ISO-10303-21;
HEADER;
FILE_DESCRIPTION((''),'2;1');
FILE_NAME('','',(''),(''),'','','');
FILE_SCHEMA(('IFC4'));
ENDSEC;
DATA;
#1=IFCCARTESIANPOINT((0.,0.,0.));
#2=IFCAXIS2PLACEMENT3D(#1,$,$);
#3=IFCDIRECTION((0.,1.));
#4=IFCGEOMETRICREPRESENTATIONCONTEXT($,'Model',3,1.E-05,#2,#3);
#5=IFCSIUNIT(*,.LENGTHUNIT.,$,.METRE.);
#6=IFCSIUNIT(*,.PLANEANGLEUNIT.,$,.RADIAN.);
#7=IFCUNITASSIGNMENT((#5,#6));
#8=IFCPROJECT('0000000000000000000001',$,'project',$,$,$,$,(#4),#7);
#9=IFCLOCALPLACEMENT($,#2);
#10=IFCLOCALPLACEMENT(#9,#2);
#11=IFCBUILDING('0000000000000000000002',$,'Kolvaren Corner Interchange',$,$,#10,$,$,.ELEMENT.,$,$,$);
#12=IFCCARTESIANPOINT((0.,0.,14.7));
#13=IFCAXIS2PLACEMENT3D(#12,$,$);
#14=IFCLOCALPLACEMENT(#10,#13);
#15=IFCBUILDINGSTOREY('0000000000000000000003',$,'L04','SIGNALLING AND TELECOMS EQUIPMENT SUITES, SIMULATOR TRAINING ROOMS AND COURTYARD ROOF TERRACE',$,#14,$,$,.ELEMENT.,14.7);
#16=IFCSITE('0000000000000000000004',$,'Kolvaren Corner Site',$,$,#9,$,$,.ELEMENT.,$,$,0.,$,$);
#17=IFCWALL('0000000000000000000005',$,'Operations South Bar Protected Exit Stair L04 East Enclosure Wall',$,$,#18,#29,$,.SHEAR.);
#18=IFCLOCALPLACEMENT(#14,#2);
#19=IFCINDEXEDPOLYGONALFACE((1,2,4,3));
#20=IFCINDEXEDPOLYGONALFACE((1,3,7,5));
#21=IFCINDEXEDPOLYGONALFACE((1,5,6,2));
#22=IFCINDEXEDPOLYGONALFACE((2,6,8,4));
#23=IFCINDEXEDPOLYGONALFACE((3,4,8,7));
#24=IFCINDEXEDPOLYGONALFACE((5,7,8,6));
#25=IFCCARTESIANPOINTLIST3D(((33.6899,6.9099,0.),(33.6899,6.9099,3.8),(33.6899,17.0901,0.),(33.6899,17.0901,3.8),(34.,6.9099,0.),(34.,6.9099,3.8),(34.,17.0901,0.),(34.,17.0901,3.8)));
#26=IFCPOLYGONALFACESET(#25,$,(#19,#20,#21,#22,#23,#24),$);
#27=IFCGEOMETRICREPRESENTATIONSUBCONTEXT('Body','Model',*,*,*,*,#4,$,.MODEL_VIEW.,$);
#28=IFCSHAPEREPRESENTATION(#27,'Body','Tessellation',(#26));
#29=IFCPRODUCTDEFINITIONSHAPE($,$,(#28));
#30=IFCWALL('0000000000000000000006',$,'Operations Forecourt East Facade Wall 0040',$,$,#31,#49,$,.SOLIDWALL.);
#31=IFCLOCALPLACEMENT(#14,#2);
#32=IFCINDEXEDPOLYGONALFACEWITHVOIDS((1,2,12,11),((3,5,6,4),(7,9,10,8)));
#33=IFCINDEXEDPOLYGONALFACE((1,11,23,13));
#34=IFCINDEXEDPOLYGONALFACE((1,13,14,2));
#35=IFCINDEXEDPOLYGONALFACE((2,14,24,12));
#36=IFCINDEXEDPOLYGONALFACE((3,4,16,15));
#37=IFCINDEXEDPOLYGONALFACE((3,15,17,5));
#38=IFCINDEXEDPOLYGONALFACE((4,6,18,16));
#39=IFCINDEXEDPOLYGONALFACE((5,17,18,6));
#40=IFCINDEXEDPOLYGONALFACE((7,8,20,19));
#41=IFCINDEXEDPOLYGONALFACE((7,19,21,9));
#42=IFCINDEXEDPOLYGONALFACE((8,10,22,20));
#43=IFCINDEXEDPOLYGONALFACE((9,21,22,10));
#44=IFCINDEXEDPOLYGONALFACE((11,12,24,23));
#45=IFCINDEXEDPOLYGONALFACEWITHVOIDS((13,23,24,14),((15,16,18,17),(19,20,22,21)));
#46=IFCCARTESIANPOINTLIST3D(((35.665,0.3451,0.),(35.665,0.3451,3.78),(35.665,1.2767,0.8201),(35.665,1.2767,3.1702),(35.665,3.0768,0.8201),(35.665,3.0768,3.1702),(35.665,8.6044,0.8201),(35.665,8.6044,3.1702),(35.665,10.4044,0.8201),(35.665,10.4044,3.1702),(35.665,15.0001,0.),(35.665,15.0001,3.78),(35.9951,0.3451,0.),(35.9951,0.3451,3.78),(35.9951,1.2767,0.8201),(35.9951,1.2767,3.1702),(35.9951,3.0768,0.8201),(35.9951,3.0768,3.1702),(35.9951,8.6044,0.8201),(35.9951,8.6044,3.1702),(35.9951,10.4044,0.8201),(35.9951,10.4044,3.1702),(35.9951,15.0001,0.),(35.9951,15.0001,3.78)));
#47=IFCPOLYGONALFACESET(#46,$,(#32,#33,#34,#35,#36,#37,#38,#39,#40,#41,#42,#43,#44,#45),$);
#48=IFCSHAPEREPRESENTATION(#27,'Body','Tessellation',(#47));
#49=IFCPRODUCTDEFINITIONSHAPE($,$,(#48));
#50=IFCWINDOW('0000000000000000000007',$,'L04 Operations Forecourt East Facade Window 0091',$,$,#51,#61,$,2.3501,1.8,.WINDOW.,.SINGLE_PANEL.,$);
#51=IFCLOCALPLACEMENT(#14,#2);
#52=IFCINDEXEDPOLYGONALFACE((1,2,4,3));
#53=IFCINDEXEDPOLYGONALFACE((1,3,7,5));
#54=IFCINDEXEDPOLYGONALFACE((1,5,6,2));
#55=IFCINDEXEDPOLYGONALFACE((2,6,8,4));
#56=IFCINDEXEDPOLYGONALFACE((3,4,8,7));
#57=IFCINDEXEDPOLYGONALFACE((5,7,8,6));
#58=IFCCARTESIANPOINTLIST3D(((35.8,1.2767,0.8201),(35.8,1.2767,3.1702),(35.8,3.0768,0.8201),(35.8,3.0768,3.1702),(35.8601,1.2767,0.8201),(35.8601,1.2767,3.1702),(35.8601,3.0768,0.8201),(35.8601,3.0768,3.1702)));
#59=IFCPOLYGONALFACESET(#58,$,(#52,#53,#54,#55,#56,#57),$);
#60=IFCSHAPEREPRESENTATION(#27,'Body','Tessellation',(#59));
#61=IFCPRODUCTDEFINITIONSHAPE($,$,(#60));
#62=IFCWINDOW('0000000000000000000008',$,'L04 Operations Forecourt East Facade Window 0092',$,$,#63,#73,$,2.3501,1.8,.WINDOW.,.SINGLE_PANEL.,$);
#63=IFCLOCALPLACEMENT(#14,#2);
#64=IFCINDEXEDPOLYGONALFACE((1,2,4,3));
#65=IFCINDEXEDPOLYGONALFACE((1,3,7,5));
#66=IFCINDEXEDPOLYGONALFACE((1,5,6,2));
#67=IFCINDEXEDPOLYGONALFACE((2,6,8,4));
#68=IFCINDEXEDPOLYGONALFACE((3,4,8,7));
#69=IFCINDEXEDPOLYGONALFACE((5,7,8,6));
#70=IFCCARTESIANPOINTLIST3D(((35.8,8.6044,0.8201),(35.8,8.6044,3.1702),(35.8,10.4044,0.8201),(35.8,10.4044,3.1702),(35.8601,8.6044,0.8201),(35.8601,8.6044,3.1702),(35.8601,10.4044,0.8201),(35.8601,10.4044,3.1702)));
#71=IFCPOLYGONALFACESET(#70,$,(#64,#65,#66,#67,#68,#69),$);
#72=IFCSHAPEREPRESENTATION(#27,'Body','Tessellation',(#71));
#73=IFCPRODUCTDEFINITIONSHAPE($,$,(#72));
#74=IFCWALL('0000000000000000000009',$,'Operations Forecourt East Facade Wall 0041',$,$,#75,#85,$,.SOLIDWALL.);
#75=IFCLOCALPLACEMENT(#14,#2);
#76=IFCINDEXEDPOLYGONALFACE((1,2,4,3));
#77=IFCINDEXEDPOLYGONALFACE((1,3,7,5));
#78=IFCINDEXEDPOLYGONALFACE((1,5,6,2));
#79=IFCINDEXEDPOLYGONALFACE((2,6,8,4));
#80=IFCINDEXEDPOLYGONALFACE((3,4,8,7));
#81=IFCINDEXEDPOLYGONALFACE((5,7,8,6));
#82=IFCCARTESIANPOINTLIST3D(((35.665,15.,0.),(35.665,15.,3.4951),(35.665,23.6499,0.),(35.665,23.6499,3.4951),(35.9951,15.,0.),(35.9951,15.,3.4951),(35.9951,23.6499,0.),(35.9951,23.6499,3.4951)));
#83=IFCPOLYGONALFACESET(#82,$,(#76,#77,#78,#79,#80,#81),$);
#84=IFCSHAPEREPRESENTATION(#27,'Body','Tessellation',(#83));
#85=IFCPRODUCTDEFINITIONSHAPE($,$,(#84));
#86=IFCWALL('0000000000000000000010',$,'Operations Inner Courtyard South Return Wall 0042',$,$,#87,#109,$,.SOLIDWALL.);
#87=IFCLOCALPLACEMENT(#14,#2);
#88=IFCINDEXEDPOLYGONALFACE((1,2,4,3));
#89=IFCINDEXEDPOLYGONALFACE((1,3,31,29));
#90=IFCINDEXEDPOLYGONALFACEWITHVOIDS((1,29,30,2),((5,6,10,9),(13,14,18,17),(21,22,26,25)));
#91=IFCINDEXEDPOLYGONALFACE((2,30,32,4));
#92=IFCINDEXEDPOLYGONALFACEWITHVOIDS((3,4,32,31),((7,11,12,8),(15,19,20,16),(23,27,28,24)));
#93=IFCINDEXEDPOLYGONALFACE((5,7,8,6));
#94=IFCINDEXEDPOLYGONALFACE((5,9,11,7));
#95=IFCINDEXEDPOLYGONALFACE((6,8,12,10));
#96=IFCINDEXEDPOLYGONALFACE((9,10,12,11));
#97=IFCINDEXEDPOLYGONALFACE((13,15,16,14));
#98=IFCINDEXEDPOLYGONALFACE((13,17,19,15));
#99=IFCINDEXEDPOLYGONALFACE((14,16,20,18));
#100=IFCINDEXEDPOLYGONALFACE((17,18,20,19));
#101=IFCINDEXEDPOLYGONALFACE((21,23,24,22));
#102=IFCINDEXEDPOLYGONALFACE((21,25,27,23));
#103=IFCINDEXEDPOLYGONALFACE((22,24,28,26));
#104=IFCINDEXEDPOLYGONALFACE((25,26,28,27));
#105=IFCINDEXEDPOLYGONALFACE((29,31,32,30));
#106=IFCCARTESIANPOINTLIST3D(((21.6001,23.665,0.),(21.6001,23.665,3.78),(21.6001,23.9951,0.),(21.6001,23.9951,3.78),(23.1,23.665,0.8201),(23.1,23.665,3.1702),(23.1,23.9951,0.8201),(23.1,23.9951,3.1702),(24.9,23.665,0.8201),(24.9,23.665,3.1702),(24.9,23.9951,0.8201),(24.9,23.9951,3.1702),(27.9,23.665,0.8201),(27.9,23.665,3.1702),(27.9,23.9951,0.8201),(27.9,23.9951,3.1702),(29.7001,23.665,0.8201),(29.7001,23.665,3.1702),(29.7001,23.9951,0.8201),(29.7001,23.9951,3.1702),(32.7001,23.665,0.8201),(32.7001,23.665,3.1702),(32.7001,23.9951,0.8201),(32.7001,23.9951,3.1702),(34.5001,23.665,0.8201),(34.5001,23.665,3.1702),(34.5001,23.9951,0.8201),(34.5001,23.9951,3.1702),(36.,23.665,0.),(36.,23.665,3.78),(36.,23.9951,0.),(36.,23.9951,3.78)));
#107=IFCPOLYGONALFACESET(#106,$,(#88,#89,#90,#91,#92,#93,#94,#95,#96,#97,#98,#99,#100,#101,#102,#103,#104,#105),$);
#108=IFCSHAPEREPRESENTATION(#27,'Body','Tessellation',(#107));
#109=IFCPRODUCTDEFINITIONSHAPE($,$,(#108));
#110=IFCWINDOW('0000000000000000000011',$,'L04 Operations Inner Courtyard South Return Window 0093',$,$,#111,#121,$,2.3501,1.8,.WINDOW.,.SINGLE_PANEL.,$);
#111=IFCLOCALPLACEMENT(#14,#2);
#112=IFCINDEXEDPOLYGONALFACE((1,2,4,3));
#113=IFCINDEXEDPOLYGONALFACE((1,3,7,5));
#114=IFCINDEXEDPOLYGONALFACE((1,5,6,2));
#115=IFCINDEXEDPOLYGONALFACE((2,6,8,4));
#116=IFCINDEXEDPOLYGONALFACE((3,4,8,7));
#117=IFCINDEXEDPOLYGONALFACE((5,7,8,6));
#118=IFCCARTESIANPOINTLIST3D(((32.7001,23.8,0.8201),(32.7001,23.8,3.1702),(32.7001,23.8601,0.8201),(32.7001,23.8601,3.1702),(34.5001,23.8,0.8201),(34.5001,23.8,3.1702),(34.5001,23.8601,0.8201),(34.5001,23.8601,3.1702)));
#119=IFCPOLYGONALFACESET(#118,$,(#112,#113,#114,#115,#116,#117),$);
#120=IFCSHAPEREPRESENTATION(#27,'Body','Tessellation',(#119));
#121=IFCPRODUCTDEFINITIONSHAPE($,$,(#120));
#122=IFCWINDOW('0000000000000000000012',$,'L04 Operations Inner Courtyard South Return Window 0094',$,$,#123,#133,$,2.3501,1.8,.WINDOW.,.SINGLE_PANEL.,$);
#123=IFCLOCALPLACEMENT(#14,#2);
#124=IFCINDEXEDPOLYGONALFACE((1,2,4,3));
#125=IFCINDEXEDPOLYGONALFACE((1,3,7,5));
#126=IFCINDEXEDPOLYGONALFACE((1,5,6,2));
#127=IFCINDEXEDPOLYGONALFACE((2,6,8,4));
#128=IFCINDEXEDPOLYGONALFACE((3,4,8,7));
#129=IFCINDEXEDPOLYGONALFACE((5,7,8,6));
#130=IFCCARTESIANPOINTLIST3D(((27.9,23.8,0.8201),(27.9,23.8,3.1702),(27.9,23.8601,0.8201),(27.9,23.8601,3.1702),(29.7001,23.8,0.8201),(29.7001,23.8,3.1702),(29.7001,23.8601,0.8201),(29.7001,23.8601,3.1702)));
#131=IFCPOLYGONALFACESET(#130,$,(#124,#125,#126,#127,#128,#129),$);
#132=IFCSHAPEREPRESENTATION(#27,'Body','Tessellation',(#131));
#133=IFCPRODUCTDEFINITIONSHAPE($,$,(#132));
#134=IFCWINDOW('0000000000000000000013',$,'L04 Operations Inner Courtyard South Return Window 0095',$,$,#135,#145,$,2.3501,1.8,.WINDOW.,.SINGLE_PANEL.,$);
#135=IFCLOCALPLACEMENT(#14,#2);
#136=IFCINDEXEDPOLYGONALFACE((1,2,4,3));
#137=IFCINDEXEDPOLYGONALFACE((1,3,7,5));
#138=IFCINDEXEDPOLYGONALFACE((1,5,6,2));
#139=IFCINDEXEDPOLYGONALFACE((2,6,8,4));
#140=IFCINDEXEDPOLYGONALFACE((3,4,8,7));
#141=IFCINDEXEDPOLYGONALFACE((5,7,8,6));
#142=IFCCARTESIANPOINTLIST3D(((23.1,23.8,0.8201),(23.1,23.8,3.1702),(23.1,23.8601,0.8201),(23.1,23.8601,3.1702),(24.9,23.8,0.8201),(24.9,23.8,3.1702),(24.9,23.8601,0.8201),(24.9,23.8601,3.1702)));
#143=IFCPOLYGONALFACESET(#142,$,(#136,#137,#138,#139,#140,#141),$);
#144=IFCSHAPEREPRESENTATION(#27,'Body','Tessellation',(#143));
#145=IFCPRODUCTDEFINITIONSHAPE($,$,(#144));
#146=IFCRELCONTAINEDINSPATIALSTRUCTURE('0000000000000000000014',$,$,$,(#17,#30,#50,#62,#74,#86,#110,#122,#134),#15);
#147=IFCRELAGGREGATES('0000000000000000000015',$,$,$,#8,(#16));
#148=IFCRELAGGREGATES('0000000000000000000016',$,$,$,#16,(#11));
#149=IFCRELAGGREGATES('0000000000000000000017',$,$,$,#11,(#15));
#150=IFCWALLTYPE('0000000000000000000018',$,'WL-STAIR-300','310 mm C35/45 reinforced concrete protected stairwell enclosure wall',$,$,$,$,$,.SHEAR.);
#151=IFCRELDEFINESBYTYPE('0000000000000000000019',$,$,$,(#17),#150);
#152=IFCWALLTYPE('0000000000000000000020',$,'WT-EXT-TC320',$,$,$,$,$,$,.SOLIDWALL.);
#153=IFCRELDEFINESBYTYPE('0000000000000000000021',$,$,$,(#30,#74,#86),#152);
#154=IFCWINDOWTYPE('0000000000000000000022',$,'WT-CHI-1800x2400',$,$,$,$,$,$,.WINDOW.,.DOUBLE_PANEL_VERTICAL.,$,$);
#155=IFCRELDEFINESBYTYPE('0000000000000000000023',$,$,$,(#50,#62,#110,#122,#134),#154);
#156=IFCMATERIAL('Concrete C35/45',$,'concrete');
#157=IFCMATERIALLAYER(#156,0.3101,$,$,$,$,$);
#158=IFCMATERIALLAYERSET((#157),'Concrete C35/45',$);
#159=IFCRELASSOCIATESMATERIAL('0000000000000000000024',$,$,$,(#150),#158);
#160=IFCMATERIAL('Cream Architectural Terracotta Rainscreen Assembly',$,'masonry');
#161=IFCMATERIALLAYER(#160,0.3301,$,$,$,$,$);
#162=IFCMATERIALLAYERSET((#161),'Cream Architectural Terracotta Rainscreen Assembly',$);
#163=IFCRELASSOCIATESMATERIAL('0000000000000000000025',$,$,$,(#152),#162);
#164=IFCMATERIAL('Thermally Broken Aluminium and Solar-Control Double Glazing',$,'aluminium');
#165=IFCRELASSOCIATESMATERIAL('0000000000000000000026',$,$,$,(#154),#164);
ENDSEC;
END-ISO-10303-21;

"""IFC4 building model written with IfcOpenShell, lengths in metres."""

from ifc_helpers import new_model, si_unit, direction, frame, frame_2d, origin, place, context, subcontext, project, spatial, rectangle, extrude, material, layer, layer_set, type_object, element, fill, save


model = new_model("IFC4")

# Units and contexts
model_context = context("Model", 3, precision=1e-05, world=origin(), true_north=direction((0.0, 1.0)))
body_context = subcontext(model_context, "Body", "Model", "MODEL_VIEW")
ifc_project = project(units=[si_unit("LENGTHUNIT", "METRE"), si_unit("PLANEANGLEUNIT", "RADIAN")], contexts=[model_context])

# Site, building, storey
site_placement = place(None, origin())
site = spatial("IfcSite", under=ifc_project, at=site_placement, Name="Kolvaren Corner Site", CompositionType="ELEMENT", RefElevation=0.0)
building_placement = place(site_placement, origin())
building = spatial("IfcBuilding", under=site, at=building_placement, Name="Kolvaren Corner Interchange", CompositionType="ELEMENT")
storey_placement = place(building_placement, frame((0.0, 0.0, 14.7)))
storey = spatial("IfcBuildingStorey", under=building, at=storey_placement, Name="L04", Description="SIGNALLING AND TELECOMS EQUIPMENT SUITES, SIMULATOR TRAINING ROOMS AND COURTYARD ROOF TERRACE", CompositionType="ELEMENT", Elevation=14.7)

# Wall
ifc_material_1 = material(Name="Concrete C35/45", Category="concrete")
ifc_layer_1 = layer(ifc_material_1, 0.3101)
ifc_layer_set_1 = layer_set([ifc_layer_1], Name="Concrete C35/45")
wall_type_1 = type_object("IfcWallType", Name="WL-STAIR-300", Description="310 mm C35/45 reinforced concrete protected stairwell enclosure wall", PredefinedType="SHEAR", material=ifc_layer_set_1)
wall_1_placement = place(storey_placement, frame((33.845, 6.9099, 0.0), z_axis=(0.0, 0.0, 1.0), x_axis=(0.0, 1.0, 0.0)))
element("IfcWall", 1, at=wall_1_placement, inside=storey, type_object=wall_type_1, Name="Operations South Bar Protected Exit Stair L04 East Enclosure Wall", PredefinedType="SHEAR", context=body_context, shape_type="SweptSolid", body=[
    extrude(rectangle(XDim=10.1802, YDim=0.3101, at=frame_2d((5.0901, 0.0))), origin(), (0.0, 0.0, 1.0), 3.8),
])

# Wall, openings, windows
ifc_material_2 = material(Name="Cream Architectural Terracotta Rainscreen Assembly", Category="masonry")
ifc_layer_2 = layer(ifc_material_2, 0.3301)
ifc_layer_set_2 = layer_set([ifc_layer_2], Name="Cream Architectural Terracotta Rainscreen Assembly")
wall_type_2 = type_object("IfcWallType", Name="WT-EXT-TC320", PredefinedType="SOLIDWALL", material=ifc_layer_set_2)
wall_2_placement = place(storey_placement, frame((35.8301, 0.345, 0.0), z_axis=(0.0, 0.0, 1.0), x_axis=(0.0, 1.0, 0.0)))
wall_2 = element("IfcWall", 2, at=wall_2_placement, inside=storey, type_object=wall_type_2, Name="Operations Forecourt East Facade Wall 0040", PredefinedType="SOLIDWALL", context=body_context, shape_type="SweptSolid", body=[
    extrude(rectangle(XDim=14.655, YDim=0.3301, at=frame_2d((7.3276, 0.0))), origin(), (0.0, 0.0, 1.0), 3.78),
])
opening_1_placement = place(wall_2_placement, frame((0.9319, 0.0, 0.8201)))
opening_1 = element("IfcOpeningElement", 3, at=opening_1_placement, cuts=wall_2, PredefinedType="OPENING", context=body_context, shape_type="SweptSolid", body=[
    extrude(rectangle(XDim=1.8, YDim=2.3501, at=frame_2d((0.8999, 1.175))), frame((0.0, 0.175, 0.0), z_axis=(0.0, -1.0, 0.0), x_axis=(1.0, 0.0, 0.0)), (0.0, 0.0, 1.0), 0.3501),
])
opening_2_placement = place(wall_2_placement, frame((8.2595, 0.0, 0.8201)))
opening_2 = element("IfcOpeningElement", 4, at=opening_2_placement, cuts=wall_2, PredefinedType="OPENING", context=body_context, shape_type="SweptSolid", body=[
    extrude(rectangle(XDim=1.8, YDim=2.3501, at=frame_2d((0.8999, 1.175))), frame((0.0, 0.175, 0.0), z_axis=(0.0, -1.0, 0.0), x_axis=(1.0, 0.0, 0.0)), (0.0, 0.0, 1.0), 0.3501),
])
ifc_material_3 = material(Name="Thermally Broken Aluminium and Solar-Control Double Glazing", Category="aluminium")
window_type = type_object("IfcWindowType", Name="WT-CHI-1800x2400", PartitioningType="DOUBLE_PANEL_VERTICAL", PredefinedType="WINDOW", material=ifc_material_3)
window_1_placement = place(opening_1_placement, origin())
window_1 = element("IfcWindow", 5, at=window_1_placement, inside=storey, type_object=window_type, Name="L04 Operations Forecourt East Facade Window 0091", OverallHeight=2.3501, OverallWidth=1.8, PartitioningType="SINGLE_PANEL", PredefinedType="WINDOW", context=body_context, shape_type="SweptSolid", body=[
    extrude(rectangle(XDim=1.8, YDim=2.3501, at=frame_2d((0.8999, 1.175))), frame((0.0, 0.03, 0.0), z_axis=(0.0, -1.0, 0.0), x_axis=(1.0, 0.0, 0.0)), (0.0, 0.0, 1.0), 0.0601),
])
fill(opening_1, window_1)
window_2_placement = place(opening_2_placement, origin())
window_2 = element("IfcWindow", 6, at=window_2_placement, inside=storey, type_object=window_type, Name="L04 Operations Forecourt East Facade Window 0092", OverallHeight=2.3501, OverallWidth=1.8, PartitioningType="SINGLE_PANEL", PredefinedType="WINDOW", context=body_context, shape_type="SweptSolid", body=[
    extrude(rectangle(XDim=1.8, YDim=2.3501, at=frame_2d((0.8999, 1.175))), frame((0.0, 0.03, 0.0), z_axis=(0.0, -1.0, 0.0), x_axis=(1.0, 0.0, 0.0)), (0.0, 0.0, 1.0), 0.0601),
])
fill(opening_2, window_2)

# Wall
wall_3_placement = place(storey_placement, frame((35.8301, 15.0, 0.0), z_axis=(0.0, 0.0, 1.0), x_axis=(0.0, 1.0, 0.0)))
element("IfcWall", 7, at=wall_3_placement, inside=storey, type_object=wall_type_2, Name="Operations Forecourt East Facade Wall 0041", PredefinedType="SOLIDWALL", context=body_context, shape_type="SweptSolid", body=[
    extrude(rectangle(XDim=8.6499, YDim=0.3301, at=frame_2d((4.325, 0.0))), origin(), (0.0, 0.0, 1.0), 3.4951),
])

# Wall, openings, windows
wall_4_placement = place(storey_placement, frame((36.0, 23.8301, 0.0), z_axis=(0.0, 0.0, 1.0), x_axis=(-1.0, 0.0, 0.0)))
wall_4 = element("IfcWall", 8, at=wall_4_placement, inside=storey, type_object=wall_type_2, Name="Operations Inner Courtyard South Return Wall 0042", PredefinedType="SOLIDWALL", context=body_context, shape_type="SweptSolid", body=[
    extrude(rectangle(XDim=14.3999, YDim=0.3301, at=frame_2d((7.2, 0.0))), origin(), (0.0, 0.0, 1.0), 3.78),
])
opening_3_placement = place(wall_4_placement, frame((1.5, 0.0, 0.8201)))
opening_3 = element("IfcOpeningElement", 9, at=opening_3_placement, cuts=wall_4, PredefinedType="OPENING", context=body_context, shape_type="SweptSolid", body=[
    extrude(rectangle(XDim=1.8, YDim=2.3501, at=frame_2d((0.8999, 1.175))), frame((0.0, 0.175, 0.0), z_axis=(0.0, -1.0, 0.0), x_axis=(1.0, 0.0, 0.0)), (0.0, 0.0, 1.0), 0.3501),
])
opening_4_placement = place(wall_4_placement, frame((6.3, 0.0, 0.8201)))
opening_4 = element("IfcOpeningElement", 10, at=opening_4_placement, cuts=wall_4, PredefinedType="OPENING", context=body_context, shape_type="SweptSolid", body=[
    extrude(rectangle(XDim=1.8, YDim=2.3501, at=frame_2d((0.8999, 1.175))), frame((0.0, 0.175, 0.0), z_axis=(0.0, -1.0, 0.0), x_axis=(1.0, 0.0, 0.0)), (0.0, 0.0, 1.0), 0.3501),
])
opening_5_placement = place(wall_4_placement, frame((11.1001, 0.0, 0.8201)))
opening_5 = element("IfcOpeningElement", 11, at=opening_5_placement, cuts=wall_4, PredefinedType="OPENING", context=body_context, shape_type="SweptSolid", body=[
    extrude(rectangle(XDim=1.8, YDim=2.3501, at=frame_2d((0.8999, 1.175))), frame((0.0, 0.175, 0.0), z_axis=(0.0, -1.0, 0.0), x_axis=(1.0, 0.0, 0.0)), (0.0, 0.0, 1.0), 0.3501),
])
window_3_placement = place(opening_3_placement, origin())
window_3 = element("IfcWindow", 12, at=window_3_placement, inside=storey, type_object=window_type, Name="L04 Operations Inner Courtyard South Return Window 0093", OverallHeight=2.3501, OverallWidth=1.8, PartitioningType="SINGLE_PANEL", PredefinedType="WINDOW", context=body_context, shape_type="SweptSolid", body=[
    extrude(rectangle(XDim=1.8, YDim=2.3501, at=frame_2d((0.8999, 1.175))), frame((0.0, 0.03, 0.0), z_axis=(0.0, -1.0, 0.0), x_axis=(1.0, 0.0, 0.0)), (0.0, 0.0, 1.0), 0.0601),
])
fill(opening_3, window_3)
window_4_placement = place(opening_4_placement, origin())
window_4 = element("IfcWindow", 13, at=window_4_placement, inside=storey, type_object=window_type, Name="L04 Operations Inner Courtyard South Return Window 0094", OverallHeight=2.3501, OverallWidth=1.8, PartitioningType="SINGLE_PANEL", PredefinedType="WINDOW", context=body_context, shape_type="SweptSolid", body=[
    extrude(rectangle(XDim=1.8, YDim=2.3501, at=frame_2d((0.8999, 1.175))), frame((0.0, 0.03, 0.0), z_axis=(0.0, -1.0, 0.0), x_axis=(1.0, 0.0, 0.0)), (0.0, 0.0, 1.0), 0.0601),
])
fill(opening_4, window_4)
window_5_placement = place(opening_5_placement, origin())
window_5 = element("IfcWindow", 14, at=window_5_placement, inside=storey, type_object=window_type, Name="L04 Operations Inner Courtyard South Return Window 0095", OverallHeight=2.3501, OverallWidth=1.8, PartitioningType="SINGLE_PANEL", PredefinedType="WINDOW", context=body_context, shape_type="SweptSolid", body=[
    extrude(rectangle(XDim=1.8, YDim=2.3501, at=frame_2d((0.8999, 1.175))), frame((0.0, 0.03, 0.0), z_axis=(0.0, -1.0, 0.0), x_axis=(1.0, 0.0, 0.0)), (0.0, 0.0, 1.0), 0.0601),
])
fill(opening_5, window_5)

save(model, "model.ifc")
